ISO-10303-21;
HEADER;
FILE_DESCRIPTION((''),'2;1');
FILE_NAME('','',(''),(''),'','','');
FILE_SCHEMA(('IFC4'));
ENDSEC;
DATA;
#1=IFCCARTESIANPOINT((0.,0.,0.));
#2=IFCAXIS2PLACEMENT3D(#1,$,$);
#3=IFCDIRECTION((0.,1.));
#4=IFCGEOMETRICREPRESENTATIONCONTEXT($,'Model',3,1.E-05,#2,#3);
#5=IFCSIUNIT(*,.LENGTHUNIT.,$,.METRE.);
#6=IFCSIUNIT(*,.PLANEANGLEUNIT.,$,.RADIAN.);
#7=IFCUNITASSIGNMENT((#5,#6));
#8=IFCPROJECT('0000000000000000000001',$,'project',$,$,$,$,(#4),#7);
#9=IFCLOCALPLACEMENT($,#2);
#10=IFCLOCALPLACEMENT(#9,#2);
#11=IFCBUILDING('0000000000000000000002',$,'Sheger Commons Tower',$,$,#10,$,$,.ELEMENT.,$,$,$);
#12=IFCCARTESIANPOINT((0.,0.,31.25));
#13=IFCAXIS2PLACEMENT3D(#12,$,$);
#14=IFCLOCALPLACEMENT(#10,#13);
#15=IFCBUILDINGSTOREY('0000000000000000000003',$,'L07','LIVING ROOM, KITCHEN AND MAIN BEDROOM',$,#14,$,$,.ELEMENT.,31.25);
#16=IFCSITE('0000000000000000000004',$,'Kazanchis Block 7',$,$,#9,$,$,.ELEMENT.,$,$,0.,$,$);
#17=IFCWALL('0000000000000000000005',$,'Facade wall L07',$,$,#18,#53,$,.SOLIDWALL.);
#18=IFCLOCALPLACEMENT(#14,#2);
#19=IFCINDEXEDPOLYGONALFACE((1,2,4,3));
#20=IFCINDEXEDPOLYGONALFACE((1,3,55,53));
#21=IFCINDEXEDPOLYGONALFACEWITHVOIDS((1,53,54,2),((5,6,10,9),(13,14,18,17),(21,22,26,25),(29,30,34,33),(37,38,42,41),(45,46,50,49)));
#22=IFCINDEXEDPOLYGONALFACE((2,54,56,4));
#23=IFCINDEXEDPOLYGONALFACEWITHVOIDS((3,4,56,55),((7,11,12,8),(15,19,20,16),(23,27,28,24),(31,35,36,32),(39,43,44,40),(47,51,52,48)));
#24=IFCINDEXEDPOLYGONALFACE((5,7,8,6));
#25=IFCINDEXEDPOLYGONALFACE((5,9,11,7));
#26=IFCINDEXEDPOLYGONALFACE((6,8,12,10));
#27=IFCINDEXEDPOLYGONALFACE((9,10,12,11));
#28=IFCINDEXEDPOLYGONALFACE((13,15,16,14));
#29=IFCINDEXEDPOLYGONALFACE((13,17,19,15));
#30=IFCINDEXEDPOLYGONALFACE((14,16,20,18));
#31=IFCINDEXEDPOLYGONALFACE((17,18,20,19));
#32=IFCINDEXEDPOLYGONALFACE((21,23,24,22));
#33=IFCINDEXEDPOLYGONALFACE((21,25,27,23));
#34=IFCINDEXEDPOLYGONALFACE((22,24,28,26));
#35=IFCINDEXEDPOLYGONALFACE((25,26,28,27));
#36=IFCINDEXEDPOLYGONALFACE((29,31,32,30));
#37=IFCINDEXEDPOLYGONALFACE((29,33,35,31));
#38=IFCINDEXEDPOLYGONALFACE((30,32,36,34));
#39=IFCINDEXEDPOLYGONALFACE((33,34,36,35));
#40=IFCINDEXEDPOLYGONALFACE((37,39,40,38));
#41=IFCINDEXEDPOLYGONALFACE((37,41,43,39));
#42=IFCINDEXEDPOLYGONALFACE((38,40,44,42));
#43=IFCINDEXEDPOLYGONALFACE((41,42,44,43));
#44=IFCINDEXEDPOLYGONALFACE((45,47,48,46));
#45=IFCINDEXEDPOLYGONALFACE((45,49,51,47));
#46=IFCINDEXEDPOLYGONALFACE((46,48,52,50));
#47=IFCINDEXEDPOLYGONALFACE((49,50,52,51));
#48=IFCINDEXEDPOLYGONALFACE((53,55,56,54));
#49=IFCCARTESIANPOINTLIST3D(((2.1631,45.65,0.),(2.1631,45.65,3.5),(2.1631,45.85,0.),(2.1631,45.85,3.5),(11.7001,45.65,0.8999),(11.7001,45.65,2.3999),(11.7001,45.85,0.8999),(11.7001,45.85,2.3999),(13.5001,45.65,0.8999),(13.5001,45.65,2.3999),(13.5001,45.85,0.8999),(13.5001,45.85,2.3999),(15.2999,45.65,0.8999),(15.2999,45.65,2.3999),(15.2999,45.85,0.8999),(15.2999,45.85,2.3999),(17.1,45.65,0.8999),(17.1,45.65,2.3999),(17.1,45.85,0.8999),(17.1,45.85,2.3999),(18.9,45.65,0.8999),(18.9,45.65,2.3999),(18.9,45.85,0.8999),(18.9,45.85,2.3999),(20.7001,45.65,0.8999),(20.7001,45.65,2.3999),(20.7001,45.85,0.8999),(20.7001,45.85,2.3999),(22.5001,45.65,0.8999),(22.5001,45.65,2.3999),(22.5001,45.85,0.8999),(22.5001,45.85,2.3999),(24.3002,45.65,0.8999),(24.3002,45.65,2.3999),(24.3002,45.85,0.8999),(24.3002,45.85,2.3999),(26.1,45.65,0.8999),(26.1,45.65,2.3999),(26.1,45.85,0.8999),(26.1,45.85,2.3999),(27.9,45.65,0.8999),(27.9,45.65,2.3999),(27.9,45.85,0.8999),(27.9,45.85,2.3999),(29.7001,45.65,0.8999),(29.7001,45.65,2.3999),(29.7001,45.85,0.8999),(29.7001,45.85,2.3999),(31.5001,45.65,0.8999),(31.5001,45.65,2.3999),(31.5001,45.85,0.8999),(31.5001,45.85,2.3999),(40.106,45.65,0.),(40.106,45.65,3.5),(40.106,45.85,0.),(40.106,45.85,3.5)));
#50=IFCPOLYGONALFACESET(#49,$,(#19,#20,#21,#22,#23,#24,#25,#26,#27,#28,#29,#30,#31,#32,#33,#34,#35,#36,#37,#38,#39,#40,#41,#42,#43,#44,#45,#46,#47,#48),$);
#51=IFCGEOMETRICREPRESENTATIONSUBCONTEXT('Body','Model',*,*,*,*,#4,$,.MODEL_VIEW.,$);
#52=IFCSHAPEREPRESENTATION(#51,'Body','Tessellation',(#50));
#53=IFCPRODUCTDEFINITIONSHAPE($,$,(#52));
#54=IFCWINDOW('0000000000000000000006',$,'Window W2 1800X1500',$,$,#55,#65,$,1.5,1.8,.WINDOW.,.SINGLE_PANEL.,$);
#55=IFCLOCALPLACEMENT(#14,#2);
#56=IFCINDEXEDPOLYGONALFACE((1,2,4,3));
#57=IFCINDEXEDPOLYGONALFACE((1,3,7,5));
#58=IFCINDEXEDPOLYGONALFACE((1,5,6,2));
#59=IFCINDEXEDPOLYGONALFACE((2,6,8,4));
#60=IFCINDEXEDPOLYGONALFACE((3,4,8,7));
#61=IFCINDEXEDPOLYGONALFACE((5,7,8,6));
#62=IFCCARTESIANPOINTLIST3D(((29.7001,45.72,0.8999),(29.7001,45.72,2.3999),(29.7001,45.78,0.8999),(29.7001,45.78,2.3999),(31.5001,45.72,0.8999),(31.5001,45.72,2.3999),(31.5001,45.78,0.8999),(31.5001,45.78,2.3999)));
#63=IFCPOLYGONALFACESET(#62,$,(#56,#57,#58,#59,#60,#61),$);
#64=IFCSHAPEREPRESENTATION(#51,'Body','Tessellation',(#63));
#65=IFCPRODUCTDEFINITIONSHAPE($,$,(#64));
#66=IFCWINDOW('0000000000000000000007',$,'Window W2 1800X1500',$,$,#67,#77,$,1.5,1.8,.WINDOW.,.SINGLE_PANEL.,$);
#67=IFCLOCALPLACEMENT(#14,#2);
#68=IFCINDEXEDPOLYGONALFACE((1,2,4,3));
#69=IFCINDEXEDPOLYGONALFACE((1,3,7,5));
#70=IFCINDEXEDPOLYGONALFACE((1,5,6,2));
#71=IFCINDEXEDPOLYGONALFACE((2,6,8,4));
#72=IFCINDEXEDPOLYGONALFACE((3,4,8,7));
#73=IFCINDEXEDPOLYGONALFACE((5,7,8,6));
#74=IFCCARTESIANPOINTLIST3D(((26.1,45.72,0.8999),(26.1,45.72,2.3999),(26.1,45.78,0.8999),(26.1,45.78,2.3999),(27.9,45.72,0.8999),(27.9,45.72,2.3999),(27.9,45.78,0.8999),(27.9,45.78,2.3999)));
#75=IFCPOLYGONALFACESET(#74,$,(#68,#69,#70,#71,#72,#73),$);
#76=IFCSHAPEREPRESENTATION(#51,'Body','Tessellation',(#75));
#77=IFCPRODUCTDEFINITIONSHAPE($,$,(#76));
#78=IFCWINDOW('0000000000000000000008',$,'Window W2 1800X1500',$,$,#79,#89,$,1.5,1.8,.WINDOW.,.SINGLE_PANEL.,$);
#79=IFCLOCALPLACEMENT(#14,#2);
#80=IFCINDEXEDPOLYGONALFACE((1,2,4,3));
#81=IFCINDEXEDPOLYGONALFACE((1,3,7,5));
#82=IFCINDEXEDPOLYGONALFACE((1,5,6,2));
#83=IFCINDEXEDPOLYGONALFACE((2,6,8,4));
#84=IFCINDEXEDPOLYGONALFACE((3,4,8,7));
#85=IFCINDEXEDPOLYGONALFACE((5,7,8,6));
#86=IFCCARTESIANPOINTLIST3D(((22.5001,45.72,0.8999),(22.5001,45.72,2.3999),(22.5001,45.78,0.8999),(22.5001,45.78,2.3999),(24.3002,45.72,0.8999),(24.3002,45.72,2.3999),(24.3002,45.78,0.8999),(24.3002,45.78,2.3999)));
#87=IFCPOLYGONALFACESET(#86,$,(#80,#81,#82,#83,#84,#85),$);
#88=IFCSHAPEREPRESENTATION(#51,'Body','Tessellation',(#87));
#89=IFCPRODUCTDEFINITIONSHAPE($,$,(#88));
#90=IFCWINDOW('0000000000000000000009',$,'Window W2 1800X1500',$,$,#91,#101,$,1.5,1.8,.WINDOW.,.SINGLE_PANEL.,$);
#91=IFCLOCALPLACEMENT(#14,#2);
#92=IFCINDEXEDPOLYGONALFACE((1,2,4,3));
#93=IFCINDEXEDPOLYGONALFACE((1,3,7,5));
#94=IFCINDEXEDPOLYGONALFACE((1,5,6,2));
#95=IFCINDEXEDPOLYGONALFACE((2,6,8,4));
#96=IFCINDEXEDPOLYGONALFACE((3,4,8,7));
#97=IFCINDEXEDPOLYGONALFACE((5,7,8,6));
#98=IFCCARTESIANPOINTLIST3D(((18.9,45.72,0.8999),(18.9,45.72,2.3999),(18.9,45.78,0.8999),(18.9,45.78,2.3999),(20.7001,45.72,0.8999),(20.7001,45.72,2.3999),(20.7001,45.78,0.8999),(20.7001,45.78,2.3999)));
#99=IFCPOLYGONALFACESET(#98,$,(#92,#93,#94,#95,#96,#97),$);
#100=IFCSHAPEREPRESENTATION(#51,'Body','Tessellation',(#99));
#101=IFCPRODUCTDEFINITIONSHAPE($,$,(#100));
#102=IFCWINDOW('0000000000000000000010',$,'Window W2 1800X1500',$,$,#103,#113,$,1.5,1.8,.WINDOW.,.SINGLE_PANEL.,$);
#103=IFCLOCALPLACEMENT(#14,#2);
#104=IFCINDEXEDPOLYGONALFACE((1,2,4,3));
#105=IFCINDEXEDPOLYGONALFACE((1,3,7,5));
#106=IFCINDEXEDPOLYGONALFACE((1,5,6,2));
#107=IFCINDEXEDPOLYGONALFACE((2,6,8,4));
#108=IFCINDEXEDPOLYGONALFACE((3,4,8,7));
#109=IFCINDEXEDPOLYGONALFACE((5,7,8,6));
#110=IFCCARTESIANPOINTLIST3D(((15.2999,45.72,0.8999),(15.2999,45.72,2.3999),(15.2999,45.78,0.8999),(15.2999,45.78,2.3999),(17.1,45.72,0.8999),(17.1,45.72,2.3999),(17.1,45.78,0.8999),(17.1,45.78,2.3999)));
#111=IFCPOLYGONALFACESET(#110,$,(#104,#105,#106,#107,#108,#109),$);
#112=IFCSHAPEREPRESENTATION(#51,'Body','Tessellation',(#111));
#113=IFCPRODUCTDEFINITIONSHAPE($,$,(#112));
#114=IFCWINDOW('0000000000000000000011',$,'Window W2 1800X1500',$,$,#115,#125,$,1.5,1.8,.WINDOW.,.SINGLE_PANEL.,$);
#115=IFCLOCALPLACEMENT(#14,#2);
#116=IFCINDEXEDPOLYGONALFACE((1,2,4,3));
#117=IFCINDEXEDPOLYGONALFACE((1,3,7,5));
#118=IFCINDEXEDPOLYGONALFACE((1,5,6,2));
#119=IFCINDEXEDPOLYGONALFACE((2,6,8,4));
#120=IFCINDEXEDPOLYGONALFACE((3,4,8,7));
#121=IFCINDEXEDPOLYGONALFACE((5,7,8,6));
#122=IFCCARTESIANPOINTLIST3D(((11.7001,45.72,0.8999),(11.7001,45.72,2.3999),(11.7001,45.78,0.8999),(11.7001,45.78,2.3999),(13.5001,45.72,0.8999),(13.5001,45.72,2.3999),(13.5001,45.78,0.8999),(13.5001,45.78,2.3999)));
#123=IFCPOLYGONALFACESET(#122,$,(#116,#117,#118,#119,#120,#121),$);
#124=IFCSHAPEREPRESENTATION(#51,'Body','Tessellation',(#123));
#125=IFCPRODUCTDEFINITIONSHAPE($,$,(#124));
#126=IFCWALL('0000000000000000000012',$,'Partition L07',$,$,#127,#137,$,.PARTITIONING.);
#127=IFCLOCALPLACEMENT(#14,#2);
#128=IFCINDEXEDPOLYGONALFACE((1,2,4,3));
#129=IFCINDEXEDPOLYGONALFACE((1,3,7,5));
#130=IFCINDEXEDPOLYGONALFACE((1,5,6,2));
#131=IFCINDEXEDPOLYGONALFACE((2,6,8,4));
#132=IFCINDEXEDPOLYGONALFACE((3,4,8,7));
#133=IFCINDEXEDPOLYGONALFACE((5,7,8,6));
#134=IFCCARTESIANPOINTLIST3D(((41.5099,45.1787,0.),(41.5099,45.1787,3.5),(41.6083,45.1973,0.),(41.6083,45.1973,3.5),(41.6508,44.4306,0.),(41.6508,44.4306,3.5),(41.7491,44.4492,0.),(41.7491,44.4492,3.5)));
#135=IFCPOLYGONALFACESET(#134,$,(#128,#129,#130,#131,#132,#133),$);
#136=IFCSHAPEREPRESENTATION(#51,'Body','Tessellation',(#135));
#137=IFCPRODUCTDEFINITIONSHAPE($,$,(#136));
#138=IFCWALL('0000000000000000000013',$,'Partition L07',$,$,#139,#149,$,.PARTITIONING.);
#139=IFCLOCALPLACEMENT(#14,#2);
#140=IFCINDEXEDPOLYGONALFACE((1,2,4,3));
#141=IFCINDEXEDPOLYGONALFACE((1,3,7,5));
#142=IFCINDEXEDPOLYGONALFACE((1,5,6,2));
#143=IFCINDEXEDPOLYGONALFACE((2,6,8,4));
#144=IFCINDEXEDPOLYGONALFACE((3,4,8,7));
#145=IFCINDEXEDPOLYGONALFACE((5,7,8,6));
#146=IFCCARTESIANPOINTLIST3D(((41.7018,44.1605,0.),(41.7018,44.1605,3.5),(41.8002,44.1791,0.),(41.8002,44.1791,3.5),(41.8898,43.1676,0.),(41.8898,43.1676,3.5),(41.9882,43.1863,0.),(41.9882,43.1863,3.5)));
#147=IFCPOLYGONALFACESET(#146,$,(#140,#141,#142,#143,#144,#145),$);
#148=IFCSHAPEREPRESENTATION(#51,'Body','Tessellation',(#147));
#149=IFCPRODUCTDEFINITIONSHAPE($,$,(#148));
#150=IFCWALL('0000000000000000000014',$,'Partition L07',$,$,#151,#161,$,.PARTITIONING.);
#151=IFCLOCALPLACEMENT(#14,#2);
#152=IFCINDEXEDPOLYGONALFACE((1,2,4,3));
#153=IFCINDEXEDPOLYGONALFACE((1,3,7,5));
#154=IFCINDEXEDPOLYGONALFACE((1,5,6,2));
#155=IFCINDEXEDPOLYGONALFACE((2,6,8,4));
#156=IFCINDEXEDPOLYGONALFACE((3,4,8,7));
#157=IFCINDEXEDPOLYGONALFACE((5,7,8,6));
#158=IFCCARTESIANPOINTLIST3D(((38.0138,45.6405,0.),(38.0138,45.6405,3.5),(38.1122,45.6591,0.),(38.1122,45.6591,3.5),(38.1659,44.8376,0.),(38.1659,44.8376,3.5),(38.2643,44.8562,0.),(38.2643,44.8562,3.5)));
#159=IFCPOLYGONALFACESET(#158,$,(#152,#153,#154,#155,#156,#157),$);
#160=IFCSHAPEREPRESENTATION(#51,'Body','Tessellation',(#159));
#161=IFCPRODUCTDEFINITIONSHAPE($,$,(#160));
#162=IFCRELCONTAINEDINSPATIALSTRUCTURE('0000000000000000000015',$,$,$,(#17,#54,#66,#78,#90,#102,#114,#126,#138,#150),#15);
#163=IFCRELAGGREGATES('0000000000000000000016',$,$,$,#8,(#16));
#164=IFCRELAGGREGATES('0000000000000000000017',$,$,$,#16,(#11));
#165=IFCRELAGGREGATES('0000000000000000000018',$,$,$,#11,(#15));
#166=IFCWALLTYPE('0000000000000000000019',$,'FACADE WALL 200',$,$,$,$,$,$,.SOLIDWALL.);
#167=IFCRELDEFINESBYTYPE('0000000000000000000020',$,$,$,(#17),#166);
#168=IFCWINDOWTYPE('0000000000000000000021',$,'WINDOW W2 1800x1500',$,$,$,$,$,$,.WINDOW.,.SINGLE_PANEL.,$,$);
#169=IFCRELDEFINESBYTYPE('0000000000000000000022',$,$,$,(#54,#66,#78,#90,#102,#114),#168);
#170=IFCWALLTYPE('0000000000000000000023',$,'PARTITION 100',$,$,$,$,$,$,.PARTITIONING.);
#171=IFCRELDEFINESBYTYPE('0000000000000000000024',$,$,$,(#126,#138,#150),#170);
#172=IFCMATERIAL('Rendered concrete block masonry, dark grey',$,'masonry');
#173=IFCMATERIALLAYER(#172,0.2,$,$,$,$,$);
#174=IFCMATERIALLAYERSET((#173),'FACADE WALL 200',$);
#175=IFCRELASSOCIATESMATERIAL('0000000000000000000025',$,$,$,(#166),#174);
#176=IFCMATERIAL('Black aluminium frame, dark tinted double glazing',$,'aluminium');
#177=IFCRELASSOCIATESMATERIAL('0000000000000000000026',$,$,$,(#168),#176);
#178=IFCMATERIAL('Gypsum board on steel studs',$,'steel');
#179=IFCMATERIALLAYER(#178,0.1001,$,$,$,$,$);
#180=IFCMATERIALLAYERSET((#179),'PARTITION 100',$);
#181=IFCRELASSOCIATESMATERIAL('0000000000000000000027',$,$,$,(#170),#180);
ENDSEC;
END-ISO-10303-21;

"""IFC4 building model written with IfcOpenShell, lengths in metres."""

from ifc_helpers import new_model, si_unit, direction, frame, frame_2d, origin, place, context, subcontext, project, spatial, rectangle, extrude, material, layer, layer_set, type_object, element, fill, save


model = new_model("IFC4")

# Units and contexts
model_context = context("Model", 3, precision=1e-05, world=origin(), true_north=direction((0.0, 1.0)))
body_context = subcontext(model_context, "Body", "Model", "MODEL_VIEW")
ifc_project = project(units=[si_unit("LENGTHUNIT", "METRE"), si_unit("PLANEANGLEUNIT", "RADIAN")], contexts=[model_context])

# Site, building, storey
site_placement = place(None, origin())
site = spatial("IfcSite", under=ifc_project, at=site_placement, Name="Kazanchis Block 7", CompositionType="ELEMENT", RefElevation=0.0)
building_placement = place(site_placement, origin())
building = spatial("IfcBuilding", under=site, at=building_placement, Name="Sheger Commons Tower", CompositionType="ELEMENT")
storey_placement = place(building_placement, frame((0.0, 0.0, 31.25)))
storey = spatial("IfcBuildingStorey", under=building, at=storey_placement, Name="L07", Description="LIVING ROOM, KITCHEN AND MAIN BEDROOM", CompositionType="ELEMENT", Elevation=31.25)

# Shared definitions
ifc_material_1 = material(Name="Rendered concrete block masonry, dark grey", Category="masonry")
ifc_layer_1 = layer(ifc_material_1, 0.2)
ifc_layer_set_1 = layer_set([ifc_layer_1], Name="FACADE WALL 200")
wall_type_1 = type_object("IfcWallType", Name="FACADE WALL 200", PredefinedType="SOLIDWALL", material=ifc_layer_set_1)

# Wall, openings, windows
wall_1_placement = place(storey_placement, frame((40.106, 45.75, 0.0), z_axis=(0.0, 0.0, 1.0), x_axis=(-1.0, 0.0, 0.0)))
wall_1 = element("IfcWall", 1, at=wall_1_placement, inside=storey, type_object=wall_type_1, Name="Facade wall L07", PredefinedType="SOLIDWALL", context=body_context, shape_type="SweptSolid", body=[
    extrude(rectangle(XDim=37.9429, YDim=0.2, at=frame_2d((18.9714, 0.0))), origin(), (0.0, 0.0, 1.0), 3.5),
])
opening_1_placement = place(wall_1_placement, frame((8.606, 0.0, 0.8999)))
opening_1 = element("IfcOpeningElement", 2, at=opening_1_placement, cuts=wall_1, PredefinedType="OPENING", context=body_context, shape_type="SweptSolid", body=[
    extrude(rectangle(XDim=1.8, YDim=1.5, at=frame_2d((0.8999, 0.75))), frame((0.0, 0.1099, 0.0), z_axis=(0.0, -1.0, 0.0), x_axis=(1.0, 0.0, 0.0)), (0.0, 0.0, 1.0), 0.22),
])
opening_2_placement = place(wall_1_placement, frame((12.2061, 0.0, 0.8999)))
opening_2 = element("IfcOpeningElement", 3, at=opening_2_placement, cuts=wall_1, PredefinedType="OPENING", context=body_context, shape_type="SweptSolid", body=[
    extrude(rectangle(XDim=1.8, YDim=1.5, at=frame_2d((0.8999, 0.75))), frame((0.0, 0.1099, 0.0), z_axis=(0.0, -1.0, 0.0), x_axis=(1.0, 0.0, 0.0)), (0.0, 0.0, 1.0), 0.22),
])
opening_3_placement = place(wall_1_placement, frame((15.8059, 0.0, 0.8999)))
opening_3 = element("IfcOpeningElement", 4, at=opening_3_placement, cuts=wall_1, PredefinedType="OPENING", context=body_context, shape_type="SweptSolid", body=[
    extrude(rectangle(XDim=1.8, YDim=1.5, at=frame_2d((0.8999, 0.75))), frame((0.0, 0.1099, 0.0), z_axis=(0.0, -1.0, 0.0), x_axis=(1.0, 0.0, 0.0)), (0.0, 0.0, 1.0), 0.22),
])
opening_4_placement = place(wall_1_placement, frame((19.406, 0.0, 0.8999)))
opening_4 = element("IfcOpeningElement", 5, at=opening_4_placement, cuts=wall_1, PredefinedType="OPENING", context=body_context, shape_type="SweptSolid", body=[
    extrude(rectangle(XDim=1.8, YDim=1.5, at=frame_2d((0.8999, 0.75))), frame((0.0, 0.1099, 0.0), z_axis=(0.0, -1.0, 0.0), x_axis=(1.0, 0.0, 0.0)), (0.0, 0.0, 1.0), 0.22),
])
opening_5_placement = place(wall_1_placement, frame((23.0061, 0.0, 0.8999)))
opening_5 = element("IfcOpeningElement", 6, at=opening_5_placement, cuts=wall_1, PredefinedType="OPENING", context=body_context, shape_type="SweptSolid", body=[
    extrude(rectangle(XDim=1.8, YDim=1.5, at=frame_2d((0.8999, 0.75))), frame((0.0, 0.1099, 0.0), z_axis=(0.0, -1.0, 0.0), x_axis=(1.0, 0.0, 0.0)), (0.0, 0.0, 1.0), 0.22),
])
opening_6_placement = place(wall_1_placement, frame((26.606, 0.0, 0.8999)))
opening_6 = element("IfcOpeningElement", 7, at=opening_6_placement, cuts=wall_1, PredefinedType="OPENING", context=body_context, shape_type="SweptSolid", body=[
    extrude(rectangle(XDim=1.8, YDim=1.5, at=frame_2d((0.8999, 0.75))), frame((0.0, 0.1099, 0.0), z_axis=(0.0, -1.0, 0.0), x_axis=(1.0, 0.0, 0.0)), (0.0, 0.0, 1.0), 0.22),
])
ifc_material_2 = material(Name="Black aluminium frame, dark tinted double glazing", Category="aluminium")
window_type = type_object("IfcWindowType", Name="WINDOW W2 1800x1500", PartitioningType="SINGLE_PANEL", PredefinedType="WINDOW", material=ifc_material_2)
window_1_placement = place(opening_1_placement, origin())
window_1 = element("IfcWindow", 8, at=window_1_placement, inside=storey, type_object=window_type, Name="Window W2 1800X1500", OverallHeight=1.5, OverallWidth=1.8, PartitioningType="SINGLE_PANEL", PredefinedType="WINDOW", context=body_context, shape_type="SweptSolid", body=[
    extrude(rectangle(XDim=1.8, YDim=1.5, at=frame_2d((0.8999, 0.75))), frame((0.0, 0.03, 0.0), z_axis=(0.0, -1.0, 0.0), x_axis=(1.0, 0.0, 0.0)), (0.0, 0.0, 1.0), 0.0601),
])
fill(opening_1, window_1)
window_2_placement = place(opening_2_placement, origin())
window_2 = element("IfcWindow", 9, at=window_2_placement, inside=storey, type_object=window_type, Name="Window W2 1800X1500", OverallHeight=1.5, OverallWidth=1.8, PartitioningType="SINGLE_PANEL", PredefinedType="WINDOW", context=body_context, shape_type="SweptSolid", body=[
    extrude(rectangle(XDim=1.8, YDim=1.5, at=frame_2d((0.8999, 0.75))), frame((0.0, 0.03, 0.0), z_axis=(0.0, -1.0, 0.0), x_axis=(1.0, 0.0, 0.0)), (0.0, 0.0, 1.0), 0.0601),
])
fill(opening_2, window_2)
window_3_placement = place(opening_3_placement, origin())
window_3 = element("IfcWindow", 10, at=window_3_placement, inside=storey, type_object=window_type, Name="Window W2 1800X1500", OverallHeight=1.5, OverallWidth=1.8, PartitioningType="SINGLE_PANEL", PredefinedType="WINDOW", context=body_context, shape_type="SweptSolid", body=[
    extrude(rectangle(XDim=1.8, YDim=1.5, at=frame_2d((0.8999, 0.75))), frame((0.0, 0.03, 0.0), z_axis=(0.0, -1.0, 0.0), x_axis=(1.0, 0.0, 0.0)), (0.0, 0.0, 1.0), 0.0601),
])
fill(opening_3, window_3)
window_4_placement = place(opening_4_placement, origin())
window_4 = element("IfcWindow", 11, at=window_4_placement, inside=storey, type_object=window_type, Name="Window W2 1800X1500", OverallHeight=1.5, OverallWidth=1.8, PartitioningType="SINGLE_PANEL", PredefinedType="WINDOW", context=body_context, shape_type="SweptSolid", body=[
    extrude(rectangle(XDim=1.8, YDim=1.5, at=frame_2d((0.8999, 0.75))), frame((0.0, 0.03, 0.0), z_axis=(0.0, -1.0, 0.0), x_axis=(1.0, 0.0, 0.0)), (0.0, 0.0, 1.0), 0.0601),
])
fill(opening_4, window_4)
window_5_placement = place(opening_5_placement, origin())
window_5 = element("IfcWindow", 12, at=window_5_placement, inside=storey, type_object=window_type, Name="Window W2 1800X1500", OverallHeight=1.5, OverallWidth=1.8, PartitioningType="SINGLE_PANEL", PredefinedType="WINDOW", context=body_context, shape_type="SweptSolid", body=[
    extrude(rectangle(XDim=1.8, YDim=1.5, at=frame_2d((0.8999, 0.75))), frame((0.0, 0.03, 0.0), z_axis=(0.0, -1.0, 0.0), x_axis=(1.0, 0.0, 0.0)), (0.0, 0.0, 1.0), 0.0601),
])
fill(opening_5, window_5)
window_6_placement = place(opening_6_placement, origin())
window_6 = element("IfcWindow", 13, at=window_6_placement, inside=storey, type_object=window_type, Name="Window W2 1800X1500", OverallHeight=1.5, OverallWidth=1.8, PartitioningType="SINGLE_PANEL", PredefinedType="WINDOW", context=body_context, shape_type="SweptSolid", body=[
    extrude(rectangle(XDim=1.8, YDim=1.5, at=frame_2d((0.8999, 0.75))), frame((0.0, 0.03, 0.0), z_axis=(0.0, -1.0, 0.0), x_axis=(1.0, 0.0, 0.0)), (0.0, 0.0, 1.0), 0.0601),
])
fill(opening_6, window_6)

# Walls
ifc_material_3 = material(Name="Gypsum board on steel studs", Category="steel")
ifc_layer_2 = layer(ifc_material_3, 0.1001)
ifc_layer_set_2 = layer_set([ifc_layer_2], Name="PARTITION 100")
wall_type_2 = type_object("IfcWallType", Name="PARTITION 100", PredefinedType="PARTITIONING", material=ifc_layer_set_2)
wall_2_placement = place(storey_placement, frame((41.5591, 45.188, 0.0), z_axis=(0.0, 0.0, 1.0), x_axis=(0.185063, -0.982727, 0.0)))
element("IfcWall", 14, at=wall_2_placement, inside=storey, type_object=wall_type_2, Name="Partition L07", PredefinedType="PARTITIONING", context=body_context, shape_type="SweptSolid", body=[
    extrude(rectangle(XDim=0.7612, YDim=0.1001, at=frame_2d((0.3806, 0.0))), origin(), (0.0, 0.0, 1.0), 3.5),
])
wall_3_placement = place(storey_placement, frame((41.751, 44.1699, 0.0), z_axis=(0.0, 0.0, 1.0), x_axis=(0.186024, -0.982545, 0.0)))
element("IfcWall", 15, at=wall_3_placement, inside=storey, type_object=wall_type_2, Name="Partition L07", PredefinedType="PARTITIONING", context=body_context, shape_type="SweptSolid", body=[
    extrude(rectangle(XDim=1.0105, YDim=0.1001, at=frame_2d((0.5054, 0.0))), origin(), (0.0, 0.0, 1.0), 3.5),
])
wall_4_placement = place(storey_placement, frame((38.063, 45.6499, 0.0), z_axis=(0.0, 0.0, 1.0), x_axis=(0.18611, -0.982529, 0.0)))
element("IfcWall", 16, at=wall_4_placement, inside=storey, type_object=wall_type_2, Name="Partition L07", PredefinedType="PARTITIONING", context=body_context, shape_type="SweptSolid", body=[
    extrude(rectangle(XDim=0.8171, YDim=0.1001, at=frame_2d((0.4087, 0.0))), origin(), (0.0, 0.0, 1.0), 3.5),
])

save(model, "model.ifc")
